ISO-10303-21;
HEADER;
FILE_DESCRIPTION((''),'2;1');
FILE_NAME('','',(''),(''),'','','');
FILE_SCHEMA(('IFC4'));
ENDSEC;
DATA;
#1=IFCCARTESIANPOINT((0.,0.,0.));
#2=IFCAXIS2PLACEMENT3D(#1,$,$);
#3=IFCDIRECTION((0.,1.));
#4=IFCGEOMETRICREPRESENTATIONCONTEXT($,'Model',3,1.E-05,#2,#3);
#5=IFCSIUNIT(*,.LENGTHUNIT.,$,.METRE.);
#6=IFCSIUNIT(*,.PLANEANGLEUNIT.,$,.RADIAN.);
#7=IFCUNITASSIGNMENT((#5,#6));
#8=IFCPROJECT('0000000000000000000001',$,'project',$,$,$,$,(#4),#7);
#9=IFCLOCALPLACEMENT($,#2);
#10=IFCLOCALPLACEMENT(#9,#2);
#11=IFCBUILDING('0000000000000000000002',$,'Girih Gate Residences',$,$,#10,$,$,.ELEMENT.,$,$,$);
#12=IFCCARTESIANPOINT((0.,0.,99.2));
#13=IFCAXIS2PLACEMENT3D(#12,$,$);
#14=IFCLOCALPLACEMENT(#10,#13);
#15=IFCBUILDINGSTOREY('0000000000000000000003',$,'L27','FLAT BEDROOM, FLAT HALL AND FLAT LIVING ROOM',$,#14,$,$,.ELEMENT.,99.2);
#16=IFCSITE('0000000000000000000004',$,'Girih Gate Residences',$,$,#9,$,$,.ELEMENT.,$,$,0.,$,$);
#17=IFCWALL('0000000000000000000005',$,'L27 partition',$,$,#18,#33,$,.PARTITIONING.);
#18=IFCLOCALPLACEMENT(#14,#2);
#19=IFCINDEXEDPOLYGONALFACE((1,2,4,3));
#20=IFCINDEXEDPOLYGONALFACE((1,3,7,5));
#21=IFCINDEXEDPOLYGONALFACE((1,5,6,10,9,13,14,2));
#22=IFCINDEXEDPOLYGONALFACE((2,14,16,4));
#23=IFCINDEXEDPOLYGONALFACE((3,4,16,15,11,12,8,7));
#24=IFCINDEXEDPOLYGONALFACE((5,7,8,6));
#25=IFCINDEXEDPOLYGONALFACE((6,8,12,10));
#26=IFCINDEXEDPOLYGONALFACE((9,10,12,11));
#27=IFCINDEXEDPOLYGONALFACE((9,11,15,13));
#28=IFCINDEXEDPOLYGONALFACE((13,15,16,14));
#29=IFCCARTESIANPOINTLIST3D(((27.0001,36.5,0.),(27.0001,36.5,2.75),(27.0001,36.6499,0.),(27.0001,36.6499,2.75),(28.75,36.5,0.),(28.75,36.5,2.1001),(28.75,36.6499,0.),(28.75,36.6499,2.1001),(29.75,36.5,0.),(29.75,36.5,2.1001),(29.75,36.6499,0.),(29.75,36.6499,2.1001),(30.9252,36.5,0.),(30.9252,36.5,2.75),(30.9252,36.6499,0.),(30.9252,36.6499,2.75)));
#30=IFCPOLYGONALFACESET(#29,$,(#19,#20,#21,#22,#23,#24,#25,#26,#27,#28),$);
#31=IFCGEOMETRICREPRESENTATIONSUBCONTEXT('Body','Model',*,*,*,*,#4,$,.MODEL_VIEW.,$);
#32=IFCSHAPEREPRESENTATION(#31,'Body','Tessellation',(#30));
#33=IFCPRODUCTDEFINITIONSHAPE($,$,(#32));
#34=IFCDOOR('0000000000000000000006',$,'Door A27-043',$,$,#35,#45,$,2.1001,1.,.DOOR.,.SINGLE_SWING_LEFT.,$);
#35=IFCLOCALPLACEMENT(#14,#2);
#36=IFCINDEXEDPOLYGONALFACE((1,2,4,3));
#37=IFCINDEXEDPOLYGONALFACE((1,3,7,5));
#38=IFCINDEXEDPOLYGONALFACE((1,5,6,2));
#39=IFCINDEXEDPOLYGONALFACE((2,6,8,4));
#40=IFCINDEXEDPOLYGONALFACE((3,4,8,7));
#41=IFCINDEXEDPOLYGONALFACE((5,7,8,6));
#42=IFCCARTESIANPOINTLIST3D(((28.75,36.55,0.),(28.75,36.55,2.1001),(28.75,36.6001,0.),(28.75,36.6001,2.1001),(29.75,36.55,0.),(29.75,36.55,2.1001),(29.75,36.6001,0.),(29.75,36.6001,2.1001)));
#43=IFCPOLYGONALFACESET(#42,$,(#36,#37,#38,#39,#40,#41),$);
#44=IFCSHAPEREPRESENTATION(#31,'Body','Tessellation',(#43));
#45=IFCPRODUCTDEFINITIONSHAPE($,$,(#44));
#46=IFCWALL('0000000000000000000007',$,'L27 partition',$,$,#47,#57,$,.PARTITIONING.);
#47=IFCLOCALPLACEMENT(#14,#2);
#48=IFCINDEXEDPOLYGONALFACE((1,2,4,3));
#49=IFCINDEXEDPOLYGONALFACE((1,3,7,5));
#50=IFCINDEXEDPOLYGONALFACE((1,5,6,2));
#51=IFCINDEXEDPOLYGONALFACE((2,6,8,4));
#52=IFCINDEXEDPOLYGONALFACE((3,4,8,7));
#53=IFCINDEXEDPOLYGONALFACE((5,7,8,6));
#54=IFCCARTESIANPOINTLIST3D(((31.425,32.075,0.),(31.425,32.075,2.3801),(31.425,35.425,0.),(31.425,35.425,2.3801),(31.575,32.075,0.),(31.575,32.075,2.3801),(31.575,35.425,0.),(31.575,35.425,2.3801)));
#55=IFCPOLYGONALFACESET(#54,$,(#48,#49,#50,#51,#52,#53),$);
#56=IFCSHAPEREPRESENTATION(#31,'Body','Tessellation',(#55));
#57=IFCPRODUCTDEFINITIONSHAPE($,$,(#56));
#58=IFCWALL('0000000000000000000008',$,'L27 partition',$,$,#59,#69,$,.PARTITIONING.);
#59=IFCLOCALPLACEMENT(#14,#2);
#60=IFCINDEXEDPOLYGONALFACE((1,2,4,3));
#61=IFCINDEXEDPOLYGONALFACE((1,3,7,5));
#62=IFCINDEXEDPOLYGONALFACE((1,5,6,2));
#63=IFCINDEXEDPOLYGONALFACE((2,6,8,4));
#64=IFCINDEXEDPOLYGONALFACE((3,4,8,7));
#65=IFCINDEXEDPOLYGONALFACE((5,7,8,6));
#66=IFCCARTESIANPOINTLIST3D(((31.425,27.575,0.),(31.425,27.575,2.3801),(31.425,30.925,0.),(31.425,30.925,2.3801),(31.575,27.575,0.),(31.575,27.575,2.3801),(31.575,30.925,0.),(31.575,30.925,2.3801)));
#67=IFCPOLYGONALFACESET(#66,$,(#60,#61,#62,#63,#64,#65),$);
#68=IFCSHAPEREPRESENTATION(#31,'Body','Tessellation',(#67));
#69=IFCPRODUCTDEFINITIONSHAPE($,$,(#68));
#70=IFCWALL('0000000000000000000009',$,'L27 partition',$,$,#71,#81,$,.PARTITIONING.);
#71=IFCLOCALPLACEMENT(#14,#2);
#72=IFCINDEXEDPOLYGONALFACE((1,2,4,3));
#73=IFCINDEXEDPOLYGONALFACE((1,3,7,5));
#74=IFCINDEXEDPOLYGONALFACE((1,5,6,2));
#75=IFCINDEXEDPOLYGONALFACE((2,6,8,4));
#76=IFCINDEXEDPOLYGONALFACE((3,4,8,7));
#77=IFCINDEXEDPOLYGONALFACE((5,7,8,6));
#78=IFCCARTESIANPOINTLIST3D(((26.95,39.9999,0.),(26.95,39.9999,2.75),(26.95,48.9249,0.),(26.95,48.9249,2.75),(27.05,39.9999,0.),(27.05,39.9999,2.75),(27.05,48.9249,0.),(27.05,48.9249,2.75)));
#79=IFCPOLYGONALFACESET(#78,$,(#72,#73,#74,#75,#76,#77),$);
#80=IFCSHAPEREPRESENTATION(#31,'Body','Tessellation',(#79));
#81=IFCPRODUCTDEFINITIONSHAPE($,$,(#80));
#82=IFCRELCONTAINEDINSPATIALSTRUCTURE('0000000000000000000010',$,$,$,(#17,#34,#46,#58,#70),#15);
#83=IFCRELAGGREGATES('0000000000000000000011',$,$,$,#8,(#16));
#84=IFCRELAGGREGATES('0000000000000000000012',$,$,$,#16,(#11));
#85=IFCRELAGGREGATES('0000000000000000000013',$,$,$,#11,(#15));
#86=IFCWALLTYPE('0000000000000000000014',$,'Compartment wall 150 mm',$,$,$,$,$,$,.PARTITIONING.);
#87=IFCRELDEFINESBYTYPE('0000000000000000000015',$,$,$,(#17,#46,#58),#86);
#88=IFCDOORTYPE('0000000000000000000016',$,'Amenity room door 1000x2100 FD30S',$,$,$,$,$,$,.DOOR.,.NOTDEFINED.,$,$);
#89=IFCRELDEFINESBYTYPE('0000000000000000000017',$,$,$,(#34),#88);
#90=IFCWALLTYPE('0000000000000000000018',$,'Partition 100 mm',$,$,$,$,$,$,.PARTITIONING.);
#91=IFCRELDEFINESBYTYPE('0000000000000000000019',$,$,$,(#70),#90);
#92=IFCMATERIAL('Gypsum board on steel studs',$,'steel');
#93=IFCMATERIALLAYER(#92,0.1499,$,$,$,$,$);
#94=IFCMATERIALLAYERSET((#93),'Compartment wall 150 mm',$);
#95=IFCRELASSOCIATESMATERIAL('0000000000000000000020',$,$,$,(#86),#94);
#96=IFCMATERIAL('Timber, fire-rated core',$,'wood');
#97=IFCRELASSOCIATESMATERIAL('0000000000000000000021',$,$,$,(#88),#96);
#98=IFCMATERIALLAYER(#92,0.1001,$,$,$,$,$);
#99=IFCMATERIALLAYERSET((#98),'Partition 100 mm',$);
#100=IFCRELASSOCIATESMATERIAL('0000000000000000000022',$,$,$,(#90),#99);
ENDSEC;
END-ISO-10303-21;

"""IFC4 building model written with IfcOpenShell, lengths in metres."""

from ifc_helpers import new_model, si_unit, direction, frame, frame_2d, origin, place, context, subcontext, project, spatial, rectangle, extrude, material, layer, layer_set, type_object, element, fill, save


model = new_model("IFC4")

# Units and contexts
model_context = context("Model", 3, precision=1e-05, world=origin(), true_north=direction((0.0, 1.0)))
body_context = subcontext(model_context, "Body", "Model", "MODEL_VIEW")
ifc_project = project(units=[si_unit("LENGTHUNIT", "METRE"), si_unit("PLANEANGLEUNIT", "RADIAN")], contexts=[model_context])

# Site, building, storey
site_placement = place(None, origin())
site = spatial("IfcSite", under=ifc_project, at=site_placement, Name="Girih Gate Residences", CompositionType="ELEMENT", RefElevation=0.0)
building_placement = place(site_placement, origin())
building = spatial("IfcBuilding", under=site, at=building_placement, Name="Girih Gate Residences", CompositionType="ELEMENT")
storey_placement = place(building_placement, frame((0.0, 0.0, 99.2)))
storey = spatial("IfcBuildingStorey", under=building, at=storey_placement, Name="L27", Description="FLAT BEDROOM, FLAT HALL AND FLAT LIVING ROOM", CompositionType="ELEMENT", Elevation=99.2)

# Wall, opening, door
ifc_material_1 = material(Name="Gypsum board on steel studs", Category="steel")
ifc_layer_1 = layer(ifc_material_1, 0.1499)
ifc_layer_set_1 = layer_set([ifc_layer_1], Name="Compartment wall 150 mm")
wall_type_1 = type_object("IfcWallType", Name="Compartment wall 150 mm", PredefinedType="PARTITIONING", material=ifc_layer_set_1)
ifc_material_2 = material(Name="Timber, fire-rated core", Category="wood")
door_type = type_object("IfcDoorType", Name="Amenity room door 1000x2100 FD30S", OperationType="NOTDEFINED", PredefinedType="DOOR", material=ifc_material_2)
wall_1_placement = place(storey_placement, frame((30.925, 36.575, 0.0), z_axis=(0.0, 0.0, 1.0), x_axis=(-1.0, 0.0, 0.0)))
wall_1 = element("IfcWall", 1, at=wall_1_placement, inside=storey, type_object=wall_type_1, Name="L27 partition", PredefinedType="PARTITIONING", context=body_context, shape_type="SweptSolid", body=[
    extrude(rectangle(XDim=3.925, YDim=0.1499, at=frame_2d((1.9624, 0.0))), origin(), (0.0, 0.0, 1.0), 2.75),
])
opening_1_placement = place(wall_1_placement, frame((1.175, 0.0, 0.0)))
opening_1 = element("IfcOpeningElement", 2, at=opening_1_placement, cuts=wall_1, PredefinedType="OPENING", context=body_context, shape_type="SweptSolid", body=[
    extrude(rectangle(XDim=1.0, YDim=2.1001, at=frame_2d((0.5, 1.05))), frame((0.0, 0.085, 0.0), z_axis=(0.0, -1.0, 0.0), x_axis=(1.0, 0.0, 0.0)), (0.0, 0.0, 1.0), 0.1699),
])
door_1_placement = place(opening_1_placement, origin())
door_1 = element("IfcDoor", 3, at=door_1_placement, inside=storey, type_object=door_type, Name="Door A27-043", OperationType="SINGLE_SWING_LEFT", OverallHeight=2.1001, OverallWidth=1.0, PredefinedType="DOOR", context=body_context, shape_type="SweptSolid", body=[
    extrude(rectangle(XDim=1.0, YDim=2.1001, at=frame_2d((0.5, 1.05))), frame((0.0, 0.0249, 0.0), z_axis=(0.0, -1.0, 0.0), x_axis=(1.0, 0.0, 0.0)), (0.0, 0.0, 1.0), 0.05),
])
fill(opening_1, door_1)

# Walls
for number, where, z_axis, x_axis, name in (
    (4, (31.5, 32.075, 0.0), (0.0, 0.0, 1.0), (0.0, 1.0, 0.0), "L27 partition"),
    (5, (31.5, 27.575, 0.0), (0.0, 0.0, 1.0), (0.0, 1.0, 0.0), "L27 partition"),
):
    element("IfcWall", number, at=place(storey_placement, frame(where, z_axis=z_axis, x_axis=x_axis)), inside=storey, type_object=wall_type_1, Name=name, PredefinedType="PARTITIONING", context=body_context, shape_type="SweptSolid", body=[
        extrude(rectangle(XDim=3.3501, YDim=0.1499, at=frame_2d((1.675, 0.0))), origin(), (0.0, 0.0, 1.0), 2.3801),
    ])
ifc_layer_2 = layer(ifc_material_1, 0.1001)
ifc_layer_set_2 = layer_set([ifc_layer_2], Name="Partition 100 mm")
wall_type_2 = type_object("IfcWallType", Name="Partition 100 mm", PredefinedType="PARTITIONING", material=ifc_layer_set_2)
wall_2_placement = place(storey_placement, frame((27.0, 40.0, 0.0), z_axis=(0.0, 0.0, 1.0), x_axis=(0.0, 1.0, 0.0)))
element("IfcWall", 6, at=wall_2_placement, inside=storey, type_object=wall_type_2, Name="L27 partition", PredefinedType="PARTITIONING", context=body_context, shape_type="SweptSolid", body=[
    extrude(rectangle(XDim=8.925, YDim=0.1001, at=frame_2d((4.4624, 0.0))), origin(), (0.0, 0.0, 1.0), 2.75),
])

save(model, "model.ifc")
